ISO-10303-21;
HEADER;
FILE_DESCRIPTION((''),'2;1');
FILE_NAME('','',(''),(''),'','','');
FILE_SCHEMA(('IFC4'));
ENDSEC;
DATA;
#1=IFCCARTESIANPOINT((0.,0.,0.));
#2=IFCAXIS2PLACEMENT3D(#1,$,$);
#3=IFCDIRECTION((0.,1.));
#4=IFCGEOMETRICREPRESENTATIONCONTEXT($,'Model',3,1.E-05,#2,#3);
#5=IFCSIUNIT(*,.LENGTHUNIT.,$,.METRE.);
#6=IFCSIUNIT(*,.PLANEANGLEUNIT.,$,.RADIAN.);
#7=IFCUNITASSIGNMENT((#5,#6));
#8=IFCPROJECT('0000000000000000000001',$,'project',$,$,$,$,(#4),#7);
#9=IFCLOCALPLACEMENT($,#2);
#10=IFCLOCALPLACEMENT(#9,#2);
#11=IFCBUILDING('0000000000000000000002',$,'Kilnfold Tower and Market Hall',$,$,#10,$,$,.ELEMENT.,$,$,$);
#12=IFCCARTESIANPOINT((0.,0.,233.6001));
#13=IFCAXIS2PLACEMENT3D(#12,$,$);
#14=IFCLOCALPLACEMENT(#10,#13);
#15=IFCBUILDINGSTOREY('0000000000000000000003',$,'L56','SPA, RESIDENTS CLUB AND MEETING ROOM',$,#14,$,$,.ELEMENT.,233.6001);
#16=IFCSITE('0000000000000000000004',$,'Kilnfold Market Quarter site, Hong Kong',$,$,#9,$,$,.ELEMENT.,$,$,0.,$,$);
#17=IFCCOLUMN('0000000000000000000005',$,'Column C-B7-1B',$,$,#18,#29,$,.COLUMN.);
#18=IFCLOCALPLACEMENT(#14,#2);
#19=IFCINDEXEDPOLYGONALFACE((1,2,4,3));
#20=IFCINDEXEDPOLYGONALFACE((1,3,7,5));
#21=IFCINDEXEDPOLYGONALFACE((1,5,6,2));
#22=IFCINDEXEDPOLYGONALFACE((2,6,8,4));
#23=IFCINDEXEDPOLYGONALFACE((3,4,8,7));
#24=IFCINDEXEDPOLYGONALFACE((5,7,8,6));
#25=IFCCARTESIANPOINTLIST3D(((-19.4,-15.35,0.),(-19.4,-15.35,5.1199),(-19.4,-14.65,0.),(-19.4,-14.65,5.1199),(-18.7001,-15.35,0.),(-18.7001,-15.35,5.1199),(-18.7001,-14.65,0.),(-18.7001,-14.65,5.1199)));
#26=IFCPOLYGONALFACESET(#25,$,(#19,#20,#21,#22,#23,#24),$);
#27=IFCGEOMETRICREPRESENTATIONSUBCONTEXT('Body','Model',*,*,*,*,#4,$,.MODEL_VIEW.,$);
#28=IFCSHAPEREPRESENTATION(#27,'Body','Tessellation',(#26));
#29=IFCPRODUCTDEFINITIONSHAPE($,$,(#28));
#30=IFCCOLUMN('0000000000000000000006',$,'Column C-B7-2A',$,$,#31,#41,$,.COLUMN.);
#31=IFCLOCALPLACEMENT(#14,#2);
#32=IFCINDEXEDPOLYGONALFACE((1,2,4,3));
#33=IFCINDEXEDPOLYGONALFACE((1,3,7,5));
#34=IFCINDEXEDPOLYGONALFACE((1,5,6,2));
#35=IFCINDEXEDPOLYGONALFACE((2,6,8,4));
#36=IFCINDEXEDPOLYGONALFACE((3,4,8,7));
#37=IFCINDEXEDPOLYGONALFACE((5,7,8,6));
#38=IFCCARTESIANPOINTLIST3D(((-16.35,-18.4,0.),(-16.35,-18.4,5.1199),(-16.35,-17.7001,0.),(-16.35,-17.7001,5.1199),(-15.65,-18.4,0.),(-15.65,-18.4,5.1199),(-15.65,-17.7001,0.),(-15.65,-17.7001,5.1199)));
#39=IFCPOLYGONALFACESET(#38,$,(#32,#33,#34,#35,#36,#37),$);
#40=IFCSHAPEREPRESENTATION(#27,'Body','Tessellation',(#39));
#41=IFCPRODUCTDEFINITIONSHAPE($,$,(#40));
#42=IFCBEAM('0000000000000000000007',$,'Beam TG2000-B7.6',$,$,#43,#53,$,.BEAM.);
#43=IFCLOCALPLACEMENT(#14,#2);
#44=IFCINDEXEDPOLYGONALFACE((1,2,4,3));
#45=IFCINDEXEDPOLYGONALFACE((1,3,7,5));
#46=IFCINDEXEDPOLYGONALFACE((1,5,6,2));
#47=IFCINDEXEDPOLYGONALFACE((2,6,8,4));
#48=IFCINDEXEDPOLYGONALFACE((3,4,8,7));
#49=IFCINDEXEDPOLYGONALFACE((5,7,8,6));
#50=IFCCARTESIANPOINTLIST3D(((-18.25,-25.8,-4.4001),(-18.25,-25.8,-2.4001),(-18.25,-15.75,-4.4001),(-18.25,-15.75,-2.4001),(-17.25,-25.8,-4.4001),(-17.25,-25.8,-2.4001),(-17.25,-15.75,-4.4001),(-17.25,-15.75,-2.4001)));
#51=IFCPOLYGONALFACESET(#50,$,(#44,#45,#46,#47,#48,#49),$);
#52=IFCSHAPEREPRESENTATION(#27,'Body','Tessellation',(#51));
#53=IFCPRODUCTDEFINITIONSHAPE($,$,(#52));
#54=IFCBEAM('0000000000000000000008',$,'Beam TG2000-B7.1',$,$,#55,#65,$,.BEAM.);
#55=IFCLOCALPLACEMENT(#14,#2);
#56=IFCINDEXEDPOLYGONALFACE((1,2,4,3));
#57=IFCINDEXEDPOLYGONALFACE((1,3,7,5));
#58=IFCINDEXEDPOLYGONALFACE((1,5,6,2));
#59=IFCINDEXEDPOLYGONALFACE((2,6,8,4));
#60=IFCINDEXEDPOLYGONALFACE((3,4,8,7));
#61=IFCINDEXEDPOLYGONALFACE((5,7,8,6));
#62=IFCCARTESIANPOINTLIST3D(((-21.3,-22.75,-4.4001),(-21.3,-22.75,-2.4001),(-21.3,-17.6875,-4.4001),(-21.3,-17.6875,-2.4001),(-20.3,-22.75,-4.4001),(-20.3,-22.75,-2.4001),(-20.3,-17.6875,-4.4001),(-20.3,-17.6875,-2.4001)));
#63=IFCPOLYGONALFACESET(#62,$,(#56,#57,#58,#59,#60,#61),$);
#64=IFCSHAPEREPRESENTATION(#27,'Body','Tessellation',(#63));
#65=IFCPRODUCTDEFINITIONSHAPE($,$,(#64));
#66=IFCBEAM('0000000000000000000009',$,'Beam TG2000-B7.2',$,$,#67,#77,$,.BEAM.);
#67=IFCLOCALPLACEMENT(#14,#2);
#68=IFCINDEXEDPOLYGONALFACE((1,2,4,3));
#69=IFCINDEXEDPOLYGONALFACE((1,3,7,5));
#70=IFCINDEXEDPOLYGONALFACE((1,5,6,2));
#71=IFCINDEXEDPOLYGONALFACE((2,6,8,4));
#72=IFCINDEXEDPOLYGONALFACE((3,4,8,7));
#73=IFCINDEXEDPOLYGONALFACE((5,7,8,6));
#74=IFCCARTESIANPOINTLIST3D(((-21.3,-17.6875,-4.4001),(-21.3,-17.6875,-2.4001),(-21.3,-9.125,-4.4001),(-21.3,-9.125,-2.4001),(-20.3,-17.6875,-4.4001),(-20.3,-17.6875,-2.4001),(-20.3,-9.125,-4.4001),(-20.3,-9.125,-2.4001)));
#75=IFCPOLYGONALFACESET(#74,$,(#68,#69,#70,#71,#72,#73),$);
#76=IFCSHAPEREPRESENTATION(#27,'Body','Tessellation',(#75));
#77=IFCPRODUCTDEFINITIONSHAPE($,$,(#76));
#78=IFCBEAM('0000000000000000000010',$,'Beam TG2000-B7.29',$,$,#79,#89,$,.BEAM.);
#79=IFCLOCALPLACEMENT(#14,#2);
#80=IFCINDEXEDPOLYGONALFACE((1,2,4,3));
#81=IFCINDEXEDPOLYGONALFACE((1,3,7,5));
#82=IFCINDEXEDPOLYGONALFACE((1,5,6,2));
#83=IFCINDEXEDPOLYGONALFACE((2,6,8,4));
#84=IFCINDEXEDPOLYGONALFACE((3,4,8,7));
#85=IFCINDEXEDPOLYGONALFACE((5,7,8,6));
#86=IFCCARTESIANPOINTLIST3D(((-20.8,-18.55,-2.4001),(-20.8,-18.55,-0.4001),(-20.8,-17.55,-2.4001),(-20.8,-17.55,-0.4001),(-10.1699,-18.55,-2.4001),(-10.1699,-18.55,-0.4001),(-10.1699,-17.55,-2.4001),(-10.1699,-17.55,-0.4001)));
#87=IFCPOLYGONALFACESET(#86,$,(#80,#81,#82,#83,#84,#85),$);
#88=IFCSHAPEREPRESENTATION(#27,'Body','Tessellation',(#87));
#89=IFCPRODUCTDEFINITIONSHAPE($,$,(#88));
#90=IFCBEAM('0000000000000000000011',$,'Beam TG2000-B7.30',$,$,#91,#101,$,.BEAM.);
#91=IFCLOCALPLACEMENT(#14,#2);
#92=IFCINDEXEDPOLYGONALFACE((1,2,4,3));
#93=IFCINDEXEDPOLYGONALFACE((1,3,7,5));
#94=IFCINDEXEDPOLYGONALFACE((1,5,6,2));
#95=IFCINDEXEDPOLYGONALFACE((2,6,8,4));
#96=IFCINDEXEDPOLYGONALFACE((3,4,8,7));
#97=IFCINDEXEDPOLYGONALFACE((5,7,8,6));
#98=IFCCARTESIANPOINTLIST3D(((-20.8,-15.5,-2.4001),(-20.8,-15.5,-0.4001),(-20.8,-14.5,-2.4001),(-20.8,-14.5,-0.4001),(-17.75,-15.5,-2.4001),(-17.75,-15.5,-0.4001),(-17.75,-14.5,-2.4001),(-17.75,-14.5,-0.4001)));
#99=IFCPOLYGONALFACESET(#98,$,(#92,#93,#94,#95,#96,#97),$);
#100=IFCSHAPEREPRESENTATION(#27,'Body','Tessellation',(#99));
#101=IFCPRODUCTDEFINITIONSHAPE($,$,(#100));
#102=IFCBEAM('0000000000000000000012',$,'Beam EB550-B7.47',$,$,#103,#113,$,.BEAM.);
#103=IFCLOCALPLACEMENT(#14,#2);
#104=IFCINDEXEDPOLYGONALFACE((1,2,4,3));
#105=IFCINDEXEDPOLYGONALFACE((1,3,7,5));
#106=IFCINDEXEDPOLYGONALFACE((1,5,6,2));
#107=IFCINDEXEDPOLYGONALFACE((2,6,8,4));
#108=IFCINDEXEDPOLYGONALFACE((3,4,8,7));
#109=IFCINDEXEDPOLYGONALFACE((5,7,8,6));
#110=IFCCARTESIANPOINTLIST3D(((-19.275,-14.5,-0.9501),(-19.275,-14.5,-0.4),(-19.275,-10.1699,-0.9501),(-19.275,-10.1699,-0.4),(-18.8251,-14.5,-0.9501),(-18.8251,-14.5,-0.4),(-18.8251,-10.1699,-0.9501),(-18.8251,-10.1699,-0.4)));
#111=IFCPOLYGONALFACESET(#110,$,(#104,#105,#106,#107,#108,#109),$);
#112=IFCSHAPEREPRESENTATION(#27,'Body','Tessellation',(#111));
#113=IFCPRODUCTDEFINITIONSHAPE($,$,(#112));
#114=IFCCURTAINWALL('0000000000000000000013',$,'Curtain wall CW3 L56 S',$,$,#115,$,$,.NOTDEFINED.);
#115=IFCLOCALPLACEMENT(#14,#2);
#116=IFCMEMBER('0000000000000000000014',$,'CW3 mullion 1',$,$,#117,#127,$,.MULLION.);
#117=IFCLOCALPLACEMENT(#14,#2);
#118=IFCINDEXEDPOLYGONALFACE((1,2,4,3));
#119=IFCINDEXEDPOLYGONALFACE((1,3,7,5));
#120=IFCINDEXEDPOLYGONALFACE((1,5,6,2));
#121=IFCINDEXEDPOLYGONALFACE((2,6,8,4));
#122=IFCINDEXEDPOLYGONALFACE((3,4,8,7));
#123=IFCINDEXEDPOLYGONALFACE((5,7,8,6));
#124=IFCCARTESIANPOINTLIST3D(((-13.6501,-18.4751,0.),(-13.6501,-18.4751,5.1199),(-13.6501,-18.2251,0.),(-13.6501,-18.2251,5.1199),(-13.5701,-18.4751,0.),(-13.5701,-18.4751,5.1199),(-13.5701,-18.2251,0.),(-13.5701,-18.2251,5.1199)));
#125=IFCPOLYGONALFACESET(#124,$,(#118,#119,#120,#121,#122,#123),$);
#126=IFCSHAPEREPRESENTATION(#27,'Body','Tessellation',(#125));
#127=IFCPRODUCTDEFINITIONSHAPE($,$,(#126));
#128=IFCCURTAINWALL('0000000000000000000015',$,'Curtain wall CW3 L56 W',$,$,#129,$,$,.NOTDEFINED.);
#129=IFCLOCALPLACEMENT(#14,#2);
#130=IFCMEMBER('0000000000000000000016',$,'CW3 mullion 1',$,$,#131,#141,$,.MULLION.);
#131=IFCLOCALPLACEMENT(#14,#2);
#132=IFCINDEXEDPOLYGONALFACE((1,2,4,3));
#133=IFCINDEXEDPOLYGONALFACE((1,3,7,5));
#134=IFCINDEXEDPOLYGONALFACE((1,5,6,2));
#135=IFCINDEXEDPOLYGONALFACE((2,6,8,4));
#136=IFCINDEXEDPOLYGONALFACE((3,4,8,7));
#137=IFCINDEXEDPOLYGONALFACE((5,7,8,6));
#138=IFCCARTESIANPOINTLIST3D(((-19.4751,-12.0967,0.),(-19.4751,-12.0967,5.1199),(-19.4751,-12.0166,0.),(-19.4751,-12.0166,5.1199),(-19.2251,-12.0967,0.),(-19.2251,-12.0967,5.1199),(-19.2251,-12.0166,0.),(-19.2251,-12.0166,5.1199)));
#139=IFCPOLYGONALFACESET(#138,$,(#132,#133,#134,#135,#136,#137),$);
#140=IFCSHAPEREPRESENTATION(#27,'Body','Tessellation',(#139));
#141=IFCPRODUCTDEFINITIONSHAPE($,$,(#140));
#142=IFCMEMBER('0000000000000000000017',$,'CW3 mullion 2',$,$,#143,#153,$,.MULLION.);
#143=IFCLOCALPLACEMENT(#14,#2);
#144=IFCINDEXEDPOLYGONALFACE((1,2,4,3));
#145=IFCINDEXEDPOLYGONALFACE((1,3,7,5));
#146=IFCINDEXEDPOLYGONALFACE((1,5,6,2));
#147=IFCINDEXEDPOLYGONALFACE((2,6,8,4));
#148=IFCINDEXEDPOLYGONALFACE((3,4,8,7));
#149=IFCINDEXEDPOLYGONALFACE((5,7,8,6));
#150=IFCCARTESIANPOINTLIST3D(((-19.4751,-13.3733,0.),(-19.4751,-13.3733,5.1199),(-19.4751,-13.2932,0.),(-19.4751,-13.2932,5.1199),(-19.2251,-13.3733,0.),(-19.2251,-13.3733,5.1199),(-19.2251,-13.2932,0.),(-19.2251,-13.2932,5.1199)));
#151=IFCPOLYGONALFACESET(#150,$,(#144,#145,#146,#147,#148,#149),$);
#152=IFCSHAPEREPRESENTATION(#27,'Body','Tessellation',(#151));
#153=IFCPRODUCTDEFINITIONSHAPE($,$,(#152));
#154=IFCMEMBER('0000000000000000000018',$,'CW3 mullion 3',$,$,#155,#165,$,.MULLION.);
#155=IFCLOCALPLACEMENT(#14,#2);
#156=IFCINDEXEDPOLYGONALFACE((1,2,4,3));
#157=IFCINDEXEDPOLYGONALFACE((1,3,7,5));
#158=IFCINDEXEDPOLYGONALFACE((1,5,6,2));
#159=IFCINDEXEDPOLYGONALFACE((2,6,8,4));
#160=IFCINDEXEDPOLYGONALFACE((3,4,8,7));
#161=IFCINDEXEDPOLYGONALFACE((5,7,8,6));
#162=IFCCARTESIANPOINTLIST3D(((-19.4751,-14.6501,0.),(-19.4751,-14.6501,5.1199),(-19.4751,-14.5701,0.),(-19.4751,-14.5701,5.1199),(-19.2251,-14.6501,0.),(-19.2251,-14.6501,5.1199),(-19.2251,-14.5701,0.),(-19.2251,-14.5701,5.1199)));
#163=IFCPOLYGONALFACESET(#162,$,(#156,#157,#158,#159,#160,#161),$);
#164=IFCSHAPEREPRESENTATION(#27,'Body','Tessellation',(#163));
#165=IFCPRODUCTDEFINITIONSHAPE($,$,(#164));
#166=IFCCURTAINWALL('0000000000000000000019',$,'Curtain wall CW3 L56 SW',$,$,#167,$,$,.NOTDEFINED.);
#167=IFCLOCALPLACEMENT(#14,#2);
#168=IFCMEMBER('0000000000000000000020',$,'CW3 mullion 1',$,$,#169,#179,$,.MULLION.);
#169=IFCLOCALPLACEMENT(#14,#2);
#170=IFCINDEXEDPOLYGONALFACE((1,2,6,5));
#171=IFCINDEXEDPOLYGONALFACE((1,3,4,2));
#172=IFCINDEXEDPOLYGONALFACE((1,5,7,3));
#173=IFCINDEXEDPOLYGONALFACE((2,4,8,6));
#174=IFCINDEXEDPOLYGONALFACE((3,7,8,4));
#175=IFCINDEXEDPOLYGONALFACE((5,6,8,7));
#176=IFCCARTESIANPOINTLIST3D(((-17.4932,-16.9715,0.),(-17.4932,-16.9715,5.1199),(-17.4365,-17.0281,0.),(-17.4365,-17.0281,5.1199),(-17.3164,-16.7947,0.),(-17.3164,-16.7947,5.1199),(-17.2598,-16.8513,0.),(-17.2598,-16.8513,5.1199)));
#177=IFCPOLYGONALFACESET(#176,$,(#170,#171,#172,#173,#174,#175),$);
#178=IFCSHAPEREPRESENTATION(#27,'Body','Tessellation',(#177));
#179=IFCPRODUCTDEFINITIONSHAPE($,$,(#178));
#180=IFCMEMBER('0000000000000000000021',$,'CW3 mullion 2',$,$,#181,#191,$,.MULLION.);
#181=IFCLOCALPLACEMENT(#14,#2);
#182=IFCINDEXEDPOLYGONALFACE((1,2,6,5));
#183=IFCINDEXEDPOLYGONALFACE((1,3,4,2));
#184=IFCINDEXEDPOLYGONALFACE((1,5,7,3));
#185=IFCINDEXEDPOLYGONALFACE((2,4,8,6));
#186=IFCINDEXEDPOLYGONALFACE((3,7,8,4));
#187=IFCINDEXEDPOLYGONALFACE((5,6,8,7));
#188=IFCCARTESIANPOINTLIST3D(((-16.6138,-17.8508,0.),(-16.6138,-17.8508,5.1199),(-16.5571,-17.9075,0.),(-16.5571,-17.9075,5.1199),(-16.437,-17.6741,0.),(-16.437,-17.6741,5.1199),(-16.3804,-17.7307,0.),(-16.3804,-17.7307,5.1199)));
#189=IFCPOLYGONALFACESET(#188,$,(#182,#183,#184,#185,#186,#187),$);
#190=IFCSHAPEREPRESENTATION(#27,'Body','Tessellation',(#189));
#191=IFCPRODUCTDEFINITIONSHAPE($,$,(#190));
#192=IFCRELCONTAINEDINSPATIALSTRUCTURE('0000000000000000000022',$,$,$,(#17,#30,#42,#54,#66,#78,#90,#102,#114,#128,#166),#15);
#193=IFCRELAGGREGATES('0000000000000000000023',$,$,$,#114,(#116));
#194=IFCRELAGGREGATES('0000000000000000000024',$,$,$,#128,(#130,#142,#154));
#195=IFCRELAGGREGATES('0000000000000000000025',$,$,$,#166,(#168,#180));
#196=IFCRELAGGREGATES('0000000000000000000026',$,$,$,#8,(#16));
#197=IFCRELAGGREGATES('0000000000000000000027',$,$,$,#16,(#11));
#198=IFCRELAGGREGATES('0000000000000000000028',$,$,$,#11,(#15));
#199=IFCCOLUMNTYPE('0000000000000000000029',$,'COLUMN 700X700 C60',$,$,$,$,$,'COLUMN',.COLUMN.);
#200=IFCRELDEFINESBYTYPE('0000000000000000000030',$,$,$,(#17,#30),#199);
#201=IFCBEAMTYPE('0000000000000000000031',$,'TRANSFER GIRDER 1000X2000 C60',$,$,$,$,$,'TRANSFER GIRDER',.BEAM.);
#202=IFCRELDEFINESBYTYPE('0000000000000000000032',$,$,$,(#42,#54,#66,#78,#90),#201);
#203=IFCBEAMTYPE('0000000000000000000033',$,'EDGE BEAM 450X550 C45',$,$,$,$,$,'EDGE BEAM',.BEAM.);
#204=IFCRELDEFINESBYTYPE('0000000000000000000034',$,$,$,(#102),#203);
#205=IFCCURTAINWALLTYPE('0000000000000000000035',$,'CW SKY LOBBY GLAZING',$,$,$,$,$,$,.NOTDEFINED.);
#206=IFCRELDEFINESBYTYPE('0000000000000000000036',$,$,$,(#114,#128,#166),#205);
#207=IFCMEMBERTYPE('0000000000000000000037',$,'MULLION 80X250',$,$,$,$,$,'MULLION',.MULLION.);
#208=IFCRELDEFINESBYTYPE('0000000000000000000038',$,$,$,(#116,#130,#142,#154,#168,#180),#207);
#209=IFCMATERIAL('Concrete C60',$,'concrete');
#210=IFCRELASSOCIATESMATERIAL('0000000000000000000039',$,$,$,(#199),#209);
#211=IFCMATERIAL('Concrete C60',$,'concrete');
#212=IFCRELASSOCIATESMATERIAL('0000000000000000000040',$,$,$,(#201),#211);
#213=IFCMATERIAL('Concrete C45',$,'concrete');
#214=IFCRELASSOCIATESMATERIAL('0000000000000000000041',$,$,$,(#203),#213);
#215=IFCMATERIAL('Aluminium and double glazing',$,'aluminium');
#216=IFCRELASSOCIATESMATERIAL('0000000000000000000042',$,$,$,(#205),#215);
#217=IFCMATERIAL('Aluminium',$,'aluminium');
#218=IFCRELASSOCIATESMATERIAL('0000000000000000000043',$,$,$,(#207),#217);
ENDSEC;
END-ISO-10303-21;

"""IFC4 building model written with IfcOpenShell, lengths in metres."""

from ifc_helpers import new_model, si_unit, direction, frame, origin, origin_2d, place, context, subcontext, project, spatial, rectangle, extrude, source, transform, mapped, material, material_profile, profile_set, type_object, element, aggregate, save


model = new_model("IFC4")

# Units and contexts
model_context = context("Model", 3, precision=1e-05, world=origin(), true_north=direction((0.0, 1.0)))
body_context = subcontext(model_context, "Body", "Model", "MODEL_VIEW")
ifc_project = project(units=[si_unit("LENGTHUNIT", "METRE"), si_unit("PLANEANGLEUNIT", "RADIAN")], contexts=[model_context])

# Site, building, storey
site_placement = place(None, origin())
site = spatial("IfcSite", under=ifc_project, at=site_placement, Name="Kilnfold Market Quarter site, Hong Kong", CompositionType="ELEMENT", RefElevation=0.0)
building_placement = place(site_placement, origin())
building = spatial("IfcBuilding", under=site, at=building_placement, Name="Kilnfold Tower and Market Hall", CompositionType="ELEMENT")
storey_placement = place(building_placement, frame((0.0, 0.0, 233.6001)))
storey = spatial("IfcBuildingStorey", under=building, at=storey_placement, Name="L56", Description="SPA, RESIDENTS CLUB AND MEETING ROOM", CompositionType="ELEMENT", Elevation=233.6001)

# Columns
ifc_material_1 = material(Name="Concrete C60", Category="concrete")
ifc_material_profile_1 = material_profile(ifc_material_1, rectangle(XDim=0.7, YDim=0.7, at=origin_2d()), Name="RC 700x700")
ifc_profile_set_1 = profile_set([ifc_material_profile_1], Name="Concrete C60")
column_type = type_object("IfcColumnType", Name="COLUMN 700X700 C60", ElementType="COLUMN", PredefinedType="COLUMN", material=ifc_profile_set_1)
shared_shape_1 = source(origin(), body_context, "Body", "SweptSolid", [
    extrude(rectangle(XDim=0.7, YDim=0.7, at=origin_2d()), origin(), (0.0, 0.0, 1.0), 5.1199),
])
for number, where, z_axis, x_axis, name in (
    (1, (-19.05, -15.0, 0.0), (0.0, 0.0, 1.0), (1.0, 0.0, 0.0), "Column C-B7-1B"),
    (2, (-16.0, -18.05, 0.0), (0.0, 0.0, 1.0), (1.0, 0.0, 0.0), "Column C-B7-2A"),
):
    element("IfcColumn", number, at=place(storey_placement, frame(where, z_axis=z_axis, x_axis=x_axis)), inside=storey, type_object=column_type, Name=name, PredefinedType="COLUMN", context=body_context, shape_type="MappedRepresentation", body=[
        mapped(shared_shape_1, transform((0.0, 0.0, 0.0))),
    ])

# Beams
ifc_material_2 = material(Name="Concrete C60", Category="concrete")
ifc_material_profile_2 = material_profile(ifc_material_2, rectangle(XDim=1.0, YDim=2.0, at=origin_2d()), Name="RC 1000x2000")
ifc_profile_set_2 = profile_set([ifc_material_profile_2], Name="Concrete C60")
beam_type_1 = type_object("IfcBeamType", Name="TRANSFER GIRDER 1000X2000 C60", ElementType="TRANSFER GIRDER", PredefinedType="BEAM", material=ifc_profile_set_2)
shared_shape_2 = source(origin(), body_context, "Body", "SweptSolid", [
    extrude(rectangle(XDim=1.0, YDim=2.0, at=origin_2d()), origin(), (0.0, 0.0, 1.0), 10.05),
])
beam_1_placement = place(storey_placement, frame((-17.75, -25.8, -3.4001), z_axis=(0.0, 1.0, 0.0), x_axis=(-1.0, 0.0, 0.0)))
element("IfcBeam", 3, at=beam_1_placement, inside=storey, type_object=beam_type_1, Name="Beam TG2000-B7.6", PredefinedType="BEAM", context=body_context, shape_type="MappedRepresentation", body=[
    mapped(shared_shape_2, transform((0.0, 0.0, 0.0))),
])
shared_shape_3 = source(origin(), body_context, "Body", "SweptSolid", [
    extrude(rectangle(XDim=1.0, YDim=2.0, at=origin_2d()), origin(), (0.0, 0.0, 1.0), 5.0625),
])
beam_2_placement = place(storey_placement, frame((-20.8, -22.75, -3.4001), z_axis=(0.0, 1.0, 0.0), x_axis=(-1.0, 0.0, 0.0)))
element("IfcBeam", 4, at=beam_2_placement, inside=storey, type_object=beam_type_1, Name="Beam TG2000-B7.1", PredefinedType="BEAM", context=body_context, shape_type="MappedRepresentation", body=[
    mapped(shared_shape_3, transform((0.0, 0.0, 0.0))),
])
shared_shape_4 = source(origin(), body_context, "Body", "SweptSolid", [
    extrude(rectangle(XDim=1.0, YDim=2.0, at=origin_2d()), origin(), (0.0, 0.0, 1.0), 8.5625),
])
beam_3_placement = place(storey_placement, frame((-20.8, -17.6875, -3.4001), z_axis=(0.0, 1.0, 0.0), x_axis=(-1.0, 0.0, 0.0)))
element("IfcBeam", 5, at=beam_3_placement, inside=storey, type_object=beam_type_1, Name="Beam TG2000-B7.2", PredefinedType="BEAM", context=body_context, shape_type="MappedRepresentation", body=[
    mapped(shared_shape_4, transform((0.0, 0.0, 0.0))),
])
shared_shape_5 = source(origin(), body_context, "Body", "SweptSolid", [
    extrude(rectangle(XDim=1.0, YDim=2.0, at=origin_2d()), origin(), (0.0, 0.0, 1.0), 10.6301),
])
beam_4_placement = place(storey_placement, frame((-20.8, -18.05, -1.4001), z_axis=(1.0, 0.0, 0.0), x_axis=(0.0, 1.0, 0.0)))
element("IfcBeam", 6, at=beam_4_placement, inside=storey, type_object=beam_type_1, Name="Beam TG2000-B7.29", PredefinedType="BEAM", context=body_context, shape_type="MappedRepresentation", body=[
    mapped(shared_shape_5, transform((0.0, 0.0, 0.0))),
])
shared_shape_6 = source(origin(), body_context, "Body", "SweptSolid", [
    extrude(rectangle(XDim=1.0, YDim=2.0, at=origin_2d()), origin(), (0.0, 0.0, 1.0), 3.05),
])
beam_5_placement = place(storey_placement, frame((-20.8, -15.0, -1.4001), z_axis=(1.0, 0.0, 0.0), x_axis=(0.0, 1.0, 0.0)))
element("IfcBeam", 7, at=beam_5_placement, inside=storey, type_object=beam_type_1, Name="Beam TG2000-B7.30", PredefinedType="BEAM", context=body_context, shape_type="MappedRepresentation", body=[
    mapped(shared_shape_6, transform((0.0, 0.0, 0.0))),
])
ifc_material_3 = material(Name="Concrete C45", Category="concrete")
ifc_material_profile_3 = material_profile(ifc_material_3, rectangle(XDim=0.45, YDim=0.55, at=origin_2d()), Name="RC 450x550")
ifc_profile_set_3 = profile_set([ifc_material_profile_3], Name="Concrete C45")
beam_type_2 = type_object("IfcBeamType", Name="EDGE BEAM 450X550 C45", ElementType="EDGE BEAM", PredefinedType="BEAM", material=ifc_profile_set_3)
shared_shape_7 = source(origin(), body_context, "Body", "SweptSolid", [
    extrude(rectangle(XDim=0.45, YDim=0.55, at=origin_2d()), origin(), (0.0, 0.0, 1.0), 4.3301),
])
beam_6_placement = place(storey_placement, frame((-19.05, -14.5, -0.675), z_axis=(0.0, 1.0, 0.0), x_axis=(-1.0, 0.0, 0.0)))
element("IfcBeam", 8, at=beam_6_placement, inside=storey, type_object=beam_type_2, Name="Beam EB550-B7.47", PredefinedType="BEAM", context=body_context, shape_type="MappedRepresentation", body=[
    mapped(shared_shape_7, transform((0.0, 0.0, 0.0))),
])

# Curtain wall, member
ifc_material_4 = material(Name="Aluminium and double glazing", Category="aluminium")
curtain_wall_type = type_object("IfcCurtainWallType", Name="CW SKY LOBBY GLAZING", PredefinedType="NOTDEFINED", material=ifc_material_4)
curtain_wall_1_placement = place(storey_placement, origin())
curtain_wall_1 = element("IfcCurtainWall", 9, at=curtain_wall_1_placement, inside=storey, type_object=curtain_wall_type, Name="Curtain wall CW3 L56 S", PredefinedType="NOTDEFINED")
ifc_material_5 = material(Name="Aluminium", Category="aluminium")
ifc_material_profile_4 = material_profile(ifc_material_5, rectangle(XDim=0.0801, YDim=0.25, at=origin_2d()), Name="MULLION 80x250")
ifc_profile_set_4 = profile_set([ifc_material_profile_4], Name="Aluminium")
member_type_1 = type_object("IfcMemberType", Name="MULLION 80X250", ElementType="MULLION", PredefinedType="MULLION", material=ifc_profile_set_4)
shared_shape_8 = source(origin(), body_context, "Body", "SweptSolid", [
    extrude(rectangle(XDim=0.0801, YDim=0.25, at=origin_2d()), origin(), (0.0, 0.0, 1.0), 5.1199),
])
member_1_placement = place(storey_placement, frame((-13.6101, -18.3501, 0.0), z_axis=(0.0, 0.0, 1.0), x_axis=(1.0, 0.0, 0.0)))
member_1 = element("IfcMember", 10, at=member_1_placement, type_object=member_type_1, Name="CW3 mullion 1", PredefinedType="MULLION", context=body_context, shape_type="MappedRepresentation", body=[
    mapped(shared_shape_8, transform((0.0, 0.0, 0.0))),
])
aggregate(curtain_wall_1, [member_1])

# Curtain walls, members
curtain_wall_2_placement = place(storey_placement, origin())
curtain_wall_2 = element("IfcCurtainWall", 11, at=curtain_wall_2_placement, inside=storey, type_object=curtain_wall_type, Name="Curtain wall CW3 L56 W", PredefinedType="NOTDEFINED")
member_2_placement = place(storey_placement, frame((-19.3501, -12.0566, 0.0), z_axis=(0.0, 0.0, 1.0), x_axis=(0.0, -1.0, 0.0)))
member_2 = element("IfcMember", 12, at=member_2_placement, type_object=member_type_1, Name="CW3 mullion 1", PredefinedType="MULLION", context=body_context, shape_type="MappedRepresentation", body=[
    mapped(shared_shape_8, transform((0.0, 0.0, 0.0))),
])
member_3_placement = place(storey_placement, frame((-19.3501, -13.3333, 0.0), z_axis=(0.0, 0.0, 1.0), x_axis=(0.0, -1.0, 0.0)))
member_3 = element("IfcMember", 13, at=member_3_placement, type_object=member_type_1, Name="CW3 mullion 2", PredefinedType="MULLION", context=body_context, shape_type="MappedRepresentation", body=[
    mapped(shared_shape_8, transform((0.0, 0.0, 0.0))),
])
member_4_placement = place(storey_placement, frame((-19.3501, -14.6101, 0.0), z_axis=(0.0, 0.0, 1.0), x_axis=(0.0, -1.0, 0.0)))
member_4 = element("IfcMember", 14, at=member_4_placement, type_object=member_type_1, Name="CW3 mullion 3", PredefinedType="MULLION", context=body_context, shape_type="MappedRepresentation", body=[
    mapped(shared_shape_8, transform((0.0, 0.0, 0.0))),
])
curtain_wall_3_placement = place(storey_placement, origin())
curtain_wall_3 = element("IfcCurtainWall", 15, at=curtain_wall_3_placement, inside=storey, type_object=curtain_wall_type, Name="Curtain wall CW3 L56 SW", PredefinedType="NOTDEFINED")
member_5_placement = place(storey_placement, frame((-17.3765, -16.9114, 0.0), z_axis=(0.0, 0.0, 1.0), x_axis=(0.707107, -0.707107, 0.0)))
member_5 = element("IfcMember", 16, at=member_5_placement, type_object=member_type_1, Name="CW3 mullion 1", PredefinedType="MULLION", context=body_context, shape_type="MappedRepresentation", body=[
    mapped(shared_shape_8, transform((0.0, 0.0, 0.0))),
])
member_6_placement = place(storey_placement, frame((-16.4971, -17.7908, 0.0), z_axis=(0.0, 0.0, 1.0), x_axis=(0.707107, -0.707107, 0.0)))
member_6 = element("IfcMember", 17, at=member_6_placement, type_object=member_type_1, Name="CW3 mullion 2", PredefinedType="MULLION", context=body_context, shape_type="MappedRepresentation", body=[
    mapped(shared_shape_8, transform((0.0, 0.0, 0.0))),
])

aggregate(curtain_wall_2, [member_2, member_3, member_4])
aggregate(curtain_wall_3, [member_5, member_6])

save(model, "model.ifc")
